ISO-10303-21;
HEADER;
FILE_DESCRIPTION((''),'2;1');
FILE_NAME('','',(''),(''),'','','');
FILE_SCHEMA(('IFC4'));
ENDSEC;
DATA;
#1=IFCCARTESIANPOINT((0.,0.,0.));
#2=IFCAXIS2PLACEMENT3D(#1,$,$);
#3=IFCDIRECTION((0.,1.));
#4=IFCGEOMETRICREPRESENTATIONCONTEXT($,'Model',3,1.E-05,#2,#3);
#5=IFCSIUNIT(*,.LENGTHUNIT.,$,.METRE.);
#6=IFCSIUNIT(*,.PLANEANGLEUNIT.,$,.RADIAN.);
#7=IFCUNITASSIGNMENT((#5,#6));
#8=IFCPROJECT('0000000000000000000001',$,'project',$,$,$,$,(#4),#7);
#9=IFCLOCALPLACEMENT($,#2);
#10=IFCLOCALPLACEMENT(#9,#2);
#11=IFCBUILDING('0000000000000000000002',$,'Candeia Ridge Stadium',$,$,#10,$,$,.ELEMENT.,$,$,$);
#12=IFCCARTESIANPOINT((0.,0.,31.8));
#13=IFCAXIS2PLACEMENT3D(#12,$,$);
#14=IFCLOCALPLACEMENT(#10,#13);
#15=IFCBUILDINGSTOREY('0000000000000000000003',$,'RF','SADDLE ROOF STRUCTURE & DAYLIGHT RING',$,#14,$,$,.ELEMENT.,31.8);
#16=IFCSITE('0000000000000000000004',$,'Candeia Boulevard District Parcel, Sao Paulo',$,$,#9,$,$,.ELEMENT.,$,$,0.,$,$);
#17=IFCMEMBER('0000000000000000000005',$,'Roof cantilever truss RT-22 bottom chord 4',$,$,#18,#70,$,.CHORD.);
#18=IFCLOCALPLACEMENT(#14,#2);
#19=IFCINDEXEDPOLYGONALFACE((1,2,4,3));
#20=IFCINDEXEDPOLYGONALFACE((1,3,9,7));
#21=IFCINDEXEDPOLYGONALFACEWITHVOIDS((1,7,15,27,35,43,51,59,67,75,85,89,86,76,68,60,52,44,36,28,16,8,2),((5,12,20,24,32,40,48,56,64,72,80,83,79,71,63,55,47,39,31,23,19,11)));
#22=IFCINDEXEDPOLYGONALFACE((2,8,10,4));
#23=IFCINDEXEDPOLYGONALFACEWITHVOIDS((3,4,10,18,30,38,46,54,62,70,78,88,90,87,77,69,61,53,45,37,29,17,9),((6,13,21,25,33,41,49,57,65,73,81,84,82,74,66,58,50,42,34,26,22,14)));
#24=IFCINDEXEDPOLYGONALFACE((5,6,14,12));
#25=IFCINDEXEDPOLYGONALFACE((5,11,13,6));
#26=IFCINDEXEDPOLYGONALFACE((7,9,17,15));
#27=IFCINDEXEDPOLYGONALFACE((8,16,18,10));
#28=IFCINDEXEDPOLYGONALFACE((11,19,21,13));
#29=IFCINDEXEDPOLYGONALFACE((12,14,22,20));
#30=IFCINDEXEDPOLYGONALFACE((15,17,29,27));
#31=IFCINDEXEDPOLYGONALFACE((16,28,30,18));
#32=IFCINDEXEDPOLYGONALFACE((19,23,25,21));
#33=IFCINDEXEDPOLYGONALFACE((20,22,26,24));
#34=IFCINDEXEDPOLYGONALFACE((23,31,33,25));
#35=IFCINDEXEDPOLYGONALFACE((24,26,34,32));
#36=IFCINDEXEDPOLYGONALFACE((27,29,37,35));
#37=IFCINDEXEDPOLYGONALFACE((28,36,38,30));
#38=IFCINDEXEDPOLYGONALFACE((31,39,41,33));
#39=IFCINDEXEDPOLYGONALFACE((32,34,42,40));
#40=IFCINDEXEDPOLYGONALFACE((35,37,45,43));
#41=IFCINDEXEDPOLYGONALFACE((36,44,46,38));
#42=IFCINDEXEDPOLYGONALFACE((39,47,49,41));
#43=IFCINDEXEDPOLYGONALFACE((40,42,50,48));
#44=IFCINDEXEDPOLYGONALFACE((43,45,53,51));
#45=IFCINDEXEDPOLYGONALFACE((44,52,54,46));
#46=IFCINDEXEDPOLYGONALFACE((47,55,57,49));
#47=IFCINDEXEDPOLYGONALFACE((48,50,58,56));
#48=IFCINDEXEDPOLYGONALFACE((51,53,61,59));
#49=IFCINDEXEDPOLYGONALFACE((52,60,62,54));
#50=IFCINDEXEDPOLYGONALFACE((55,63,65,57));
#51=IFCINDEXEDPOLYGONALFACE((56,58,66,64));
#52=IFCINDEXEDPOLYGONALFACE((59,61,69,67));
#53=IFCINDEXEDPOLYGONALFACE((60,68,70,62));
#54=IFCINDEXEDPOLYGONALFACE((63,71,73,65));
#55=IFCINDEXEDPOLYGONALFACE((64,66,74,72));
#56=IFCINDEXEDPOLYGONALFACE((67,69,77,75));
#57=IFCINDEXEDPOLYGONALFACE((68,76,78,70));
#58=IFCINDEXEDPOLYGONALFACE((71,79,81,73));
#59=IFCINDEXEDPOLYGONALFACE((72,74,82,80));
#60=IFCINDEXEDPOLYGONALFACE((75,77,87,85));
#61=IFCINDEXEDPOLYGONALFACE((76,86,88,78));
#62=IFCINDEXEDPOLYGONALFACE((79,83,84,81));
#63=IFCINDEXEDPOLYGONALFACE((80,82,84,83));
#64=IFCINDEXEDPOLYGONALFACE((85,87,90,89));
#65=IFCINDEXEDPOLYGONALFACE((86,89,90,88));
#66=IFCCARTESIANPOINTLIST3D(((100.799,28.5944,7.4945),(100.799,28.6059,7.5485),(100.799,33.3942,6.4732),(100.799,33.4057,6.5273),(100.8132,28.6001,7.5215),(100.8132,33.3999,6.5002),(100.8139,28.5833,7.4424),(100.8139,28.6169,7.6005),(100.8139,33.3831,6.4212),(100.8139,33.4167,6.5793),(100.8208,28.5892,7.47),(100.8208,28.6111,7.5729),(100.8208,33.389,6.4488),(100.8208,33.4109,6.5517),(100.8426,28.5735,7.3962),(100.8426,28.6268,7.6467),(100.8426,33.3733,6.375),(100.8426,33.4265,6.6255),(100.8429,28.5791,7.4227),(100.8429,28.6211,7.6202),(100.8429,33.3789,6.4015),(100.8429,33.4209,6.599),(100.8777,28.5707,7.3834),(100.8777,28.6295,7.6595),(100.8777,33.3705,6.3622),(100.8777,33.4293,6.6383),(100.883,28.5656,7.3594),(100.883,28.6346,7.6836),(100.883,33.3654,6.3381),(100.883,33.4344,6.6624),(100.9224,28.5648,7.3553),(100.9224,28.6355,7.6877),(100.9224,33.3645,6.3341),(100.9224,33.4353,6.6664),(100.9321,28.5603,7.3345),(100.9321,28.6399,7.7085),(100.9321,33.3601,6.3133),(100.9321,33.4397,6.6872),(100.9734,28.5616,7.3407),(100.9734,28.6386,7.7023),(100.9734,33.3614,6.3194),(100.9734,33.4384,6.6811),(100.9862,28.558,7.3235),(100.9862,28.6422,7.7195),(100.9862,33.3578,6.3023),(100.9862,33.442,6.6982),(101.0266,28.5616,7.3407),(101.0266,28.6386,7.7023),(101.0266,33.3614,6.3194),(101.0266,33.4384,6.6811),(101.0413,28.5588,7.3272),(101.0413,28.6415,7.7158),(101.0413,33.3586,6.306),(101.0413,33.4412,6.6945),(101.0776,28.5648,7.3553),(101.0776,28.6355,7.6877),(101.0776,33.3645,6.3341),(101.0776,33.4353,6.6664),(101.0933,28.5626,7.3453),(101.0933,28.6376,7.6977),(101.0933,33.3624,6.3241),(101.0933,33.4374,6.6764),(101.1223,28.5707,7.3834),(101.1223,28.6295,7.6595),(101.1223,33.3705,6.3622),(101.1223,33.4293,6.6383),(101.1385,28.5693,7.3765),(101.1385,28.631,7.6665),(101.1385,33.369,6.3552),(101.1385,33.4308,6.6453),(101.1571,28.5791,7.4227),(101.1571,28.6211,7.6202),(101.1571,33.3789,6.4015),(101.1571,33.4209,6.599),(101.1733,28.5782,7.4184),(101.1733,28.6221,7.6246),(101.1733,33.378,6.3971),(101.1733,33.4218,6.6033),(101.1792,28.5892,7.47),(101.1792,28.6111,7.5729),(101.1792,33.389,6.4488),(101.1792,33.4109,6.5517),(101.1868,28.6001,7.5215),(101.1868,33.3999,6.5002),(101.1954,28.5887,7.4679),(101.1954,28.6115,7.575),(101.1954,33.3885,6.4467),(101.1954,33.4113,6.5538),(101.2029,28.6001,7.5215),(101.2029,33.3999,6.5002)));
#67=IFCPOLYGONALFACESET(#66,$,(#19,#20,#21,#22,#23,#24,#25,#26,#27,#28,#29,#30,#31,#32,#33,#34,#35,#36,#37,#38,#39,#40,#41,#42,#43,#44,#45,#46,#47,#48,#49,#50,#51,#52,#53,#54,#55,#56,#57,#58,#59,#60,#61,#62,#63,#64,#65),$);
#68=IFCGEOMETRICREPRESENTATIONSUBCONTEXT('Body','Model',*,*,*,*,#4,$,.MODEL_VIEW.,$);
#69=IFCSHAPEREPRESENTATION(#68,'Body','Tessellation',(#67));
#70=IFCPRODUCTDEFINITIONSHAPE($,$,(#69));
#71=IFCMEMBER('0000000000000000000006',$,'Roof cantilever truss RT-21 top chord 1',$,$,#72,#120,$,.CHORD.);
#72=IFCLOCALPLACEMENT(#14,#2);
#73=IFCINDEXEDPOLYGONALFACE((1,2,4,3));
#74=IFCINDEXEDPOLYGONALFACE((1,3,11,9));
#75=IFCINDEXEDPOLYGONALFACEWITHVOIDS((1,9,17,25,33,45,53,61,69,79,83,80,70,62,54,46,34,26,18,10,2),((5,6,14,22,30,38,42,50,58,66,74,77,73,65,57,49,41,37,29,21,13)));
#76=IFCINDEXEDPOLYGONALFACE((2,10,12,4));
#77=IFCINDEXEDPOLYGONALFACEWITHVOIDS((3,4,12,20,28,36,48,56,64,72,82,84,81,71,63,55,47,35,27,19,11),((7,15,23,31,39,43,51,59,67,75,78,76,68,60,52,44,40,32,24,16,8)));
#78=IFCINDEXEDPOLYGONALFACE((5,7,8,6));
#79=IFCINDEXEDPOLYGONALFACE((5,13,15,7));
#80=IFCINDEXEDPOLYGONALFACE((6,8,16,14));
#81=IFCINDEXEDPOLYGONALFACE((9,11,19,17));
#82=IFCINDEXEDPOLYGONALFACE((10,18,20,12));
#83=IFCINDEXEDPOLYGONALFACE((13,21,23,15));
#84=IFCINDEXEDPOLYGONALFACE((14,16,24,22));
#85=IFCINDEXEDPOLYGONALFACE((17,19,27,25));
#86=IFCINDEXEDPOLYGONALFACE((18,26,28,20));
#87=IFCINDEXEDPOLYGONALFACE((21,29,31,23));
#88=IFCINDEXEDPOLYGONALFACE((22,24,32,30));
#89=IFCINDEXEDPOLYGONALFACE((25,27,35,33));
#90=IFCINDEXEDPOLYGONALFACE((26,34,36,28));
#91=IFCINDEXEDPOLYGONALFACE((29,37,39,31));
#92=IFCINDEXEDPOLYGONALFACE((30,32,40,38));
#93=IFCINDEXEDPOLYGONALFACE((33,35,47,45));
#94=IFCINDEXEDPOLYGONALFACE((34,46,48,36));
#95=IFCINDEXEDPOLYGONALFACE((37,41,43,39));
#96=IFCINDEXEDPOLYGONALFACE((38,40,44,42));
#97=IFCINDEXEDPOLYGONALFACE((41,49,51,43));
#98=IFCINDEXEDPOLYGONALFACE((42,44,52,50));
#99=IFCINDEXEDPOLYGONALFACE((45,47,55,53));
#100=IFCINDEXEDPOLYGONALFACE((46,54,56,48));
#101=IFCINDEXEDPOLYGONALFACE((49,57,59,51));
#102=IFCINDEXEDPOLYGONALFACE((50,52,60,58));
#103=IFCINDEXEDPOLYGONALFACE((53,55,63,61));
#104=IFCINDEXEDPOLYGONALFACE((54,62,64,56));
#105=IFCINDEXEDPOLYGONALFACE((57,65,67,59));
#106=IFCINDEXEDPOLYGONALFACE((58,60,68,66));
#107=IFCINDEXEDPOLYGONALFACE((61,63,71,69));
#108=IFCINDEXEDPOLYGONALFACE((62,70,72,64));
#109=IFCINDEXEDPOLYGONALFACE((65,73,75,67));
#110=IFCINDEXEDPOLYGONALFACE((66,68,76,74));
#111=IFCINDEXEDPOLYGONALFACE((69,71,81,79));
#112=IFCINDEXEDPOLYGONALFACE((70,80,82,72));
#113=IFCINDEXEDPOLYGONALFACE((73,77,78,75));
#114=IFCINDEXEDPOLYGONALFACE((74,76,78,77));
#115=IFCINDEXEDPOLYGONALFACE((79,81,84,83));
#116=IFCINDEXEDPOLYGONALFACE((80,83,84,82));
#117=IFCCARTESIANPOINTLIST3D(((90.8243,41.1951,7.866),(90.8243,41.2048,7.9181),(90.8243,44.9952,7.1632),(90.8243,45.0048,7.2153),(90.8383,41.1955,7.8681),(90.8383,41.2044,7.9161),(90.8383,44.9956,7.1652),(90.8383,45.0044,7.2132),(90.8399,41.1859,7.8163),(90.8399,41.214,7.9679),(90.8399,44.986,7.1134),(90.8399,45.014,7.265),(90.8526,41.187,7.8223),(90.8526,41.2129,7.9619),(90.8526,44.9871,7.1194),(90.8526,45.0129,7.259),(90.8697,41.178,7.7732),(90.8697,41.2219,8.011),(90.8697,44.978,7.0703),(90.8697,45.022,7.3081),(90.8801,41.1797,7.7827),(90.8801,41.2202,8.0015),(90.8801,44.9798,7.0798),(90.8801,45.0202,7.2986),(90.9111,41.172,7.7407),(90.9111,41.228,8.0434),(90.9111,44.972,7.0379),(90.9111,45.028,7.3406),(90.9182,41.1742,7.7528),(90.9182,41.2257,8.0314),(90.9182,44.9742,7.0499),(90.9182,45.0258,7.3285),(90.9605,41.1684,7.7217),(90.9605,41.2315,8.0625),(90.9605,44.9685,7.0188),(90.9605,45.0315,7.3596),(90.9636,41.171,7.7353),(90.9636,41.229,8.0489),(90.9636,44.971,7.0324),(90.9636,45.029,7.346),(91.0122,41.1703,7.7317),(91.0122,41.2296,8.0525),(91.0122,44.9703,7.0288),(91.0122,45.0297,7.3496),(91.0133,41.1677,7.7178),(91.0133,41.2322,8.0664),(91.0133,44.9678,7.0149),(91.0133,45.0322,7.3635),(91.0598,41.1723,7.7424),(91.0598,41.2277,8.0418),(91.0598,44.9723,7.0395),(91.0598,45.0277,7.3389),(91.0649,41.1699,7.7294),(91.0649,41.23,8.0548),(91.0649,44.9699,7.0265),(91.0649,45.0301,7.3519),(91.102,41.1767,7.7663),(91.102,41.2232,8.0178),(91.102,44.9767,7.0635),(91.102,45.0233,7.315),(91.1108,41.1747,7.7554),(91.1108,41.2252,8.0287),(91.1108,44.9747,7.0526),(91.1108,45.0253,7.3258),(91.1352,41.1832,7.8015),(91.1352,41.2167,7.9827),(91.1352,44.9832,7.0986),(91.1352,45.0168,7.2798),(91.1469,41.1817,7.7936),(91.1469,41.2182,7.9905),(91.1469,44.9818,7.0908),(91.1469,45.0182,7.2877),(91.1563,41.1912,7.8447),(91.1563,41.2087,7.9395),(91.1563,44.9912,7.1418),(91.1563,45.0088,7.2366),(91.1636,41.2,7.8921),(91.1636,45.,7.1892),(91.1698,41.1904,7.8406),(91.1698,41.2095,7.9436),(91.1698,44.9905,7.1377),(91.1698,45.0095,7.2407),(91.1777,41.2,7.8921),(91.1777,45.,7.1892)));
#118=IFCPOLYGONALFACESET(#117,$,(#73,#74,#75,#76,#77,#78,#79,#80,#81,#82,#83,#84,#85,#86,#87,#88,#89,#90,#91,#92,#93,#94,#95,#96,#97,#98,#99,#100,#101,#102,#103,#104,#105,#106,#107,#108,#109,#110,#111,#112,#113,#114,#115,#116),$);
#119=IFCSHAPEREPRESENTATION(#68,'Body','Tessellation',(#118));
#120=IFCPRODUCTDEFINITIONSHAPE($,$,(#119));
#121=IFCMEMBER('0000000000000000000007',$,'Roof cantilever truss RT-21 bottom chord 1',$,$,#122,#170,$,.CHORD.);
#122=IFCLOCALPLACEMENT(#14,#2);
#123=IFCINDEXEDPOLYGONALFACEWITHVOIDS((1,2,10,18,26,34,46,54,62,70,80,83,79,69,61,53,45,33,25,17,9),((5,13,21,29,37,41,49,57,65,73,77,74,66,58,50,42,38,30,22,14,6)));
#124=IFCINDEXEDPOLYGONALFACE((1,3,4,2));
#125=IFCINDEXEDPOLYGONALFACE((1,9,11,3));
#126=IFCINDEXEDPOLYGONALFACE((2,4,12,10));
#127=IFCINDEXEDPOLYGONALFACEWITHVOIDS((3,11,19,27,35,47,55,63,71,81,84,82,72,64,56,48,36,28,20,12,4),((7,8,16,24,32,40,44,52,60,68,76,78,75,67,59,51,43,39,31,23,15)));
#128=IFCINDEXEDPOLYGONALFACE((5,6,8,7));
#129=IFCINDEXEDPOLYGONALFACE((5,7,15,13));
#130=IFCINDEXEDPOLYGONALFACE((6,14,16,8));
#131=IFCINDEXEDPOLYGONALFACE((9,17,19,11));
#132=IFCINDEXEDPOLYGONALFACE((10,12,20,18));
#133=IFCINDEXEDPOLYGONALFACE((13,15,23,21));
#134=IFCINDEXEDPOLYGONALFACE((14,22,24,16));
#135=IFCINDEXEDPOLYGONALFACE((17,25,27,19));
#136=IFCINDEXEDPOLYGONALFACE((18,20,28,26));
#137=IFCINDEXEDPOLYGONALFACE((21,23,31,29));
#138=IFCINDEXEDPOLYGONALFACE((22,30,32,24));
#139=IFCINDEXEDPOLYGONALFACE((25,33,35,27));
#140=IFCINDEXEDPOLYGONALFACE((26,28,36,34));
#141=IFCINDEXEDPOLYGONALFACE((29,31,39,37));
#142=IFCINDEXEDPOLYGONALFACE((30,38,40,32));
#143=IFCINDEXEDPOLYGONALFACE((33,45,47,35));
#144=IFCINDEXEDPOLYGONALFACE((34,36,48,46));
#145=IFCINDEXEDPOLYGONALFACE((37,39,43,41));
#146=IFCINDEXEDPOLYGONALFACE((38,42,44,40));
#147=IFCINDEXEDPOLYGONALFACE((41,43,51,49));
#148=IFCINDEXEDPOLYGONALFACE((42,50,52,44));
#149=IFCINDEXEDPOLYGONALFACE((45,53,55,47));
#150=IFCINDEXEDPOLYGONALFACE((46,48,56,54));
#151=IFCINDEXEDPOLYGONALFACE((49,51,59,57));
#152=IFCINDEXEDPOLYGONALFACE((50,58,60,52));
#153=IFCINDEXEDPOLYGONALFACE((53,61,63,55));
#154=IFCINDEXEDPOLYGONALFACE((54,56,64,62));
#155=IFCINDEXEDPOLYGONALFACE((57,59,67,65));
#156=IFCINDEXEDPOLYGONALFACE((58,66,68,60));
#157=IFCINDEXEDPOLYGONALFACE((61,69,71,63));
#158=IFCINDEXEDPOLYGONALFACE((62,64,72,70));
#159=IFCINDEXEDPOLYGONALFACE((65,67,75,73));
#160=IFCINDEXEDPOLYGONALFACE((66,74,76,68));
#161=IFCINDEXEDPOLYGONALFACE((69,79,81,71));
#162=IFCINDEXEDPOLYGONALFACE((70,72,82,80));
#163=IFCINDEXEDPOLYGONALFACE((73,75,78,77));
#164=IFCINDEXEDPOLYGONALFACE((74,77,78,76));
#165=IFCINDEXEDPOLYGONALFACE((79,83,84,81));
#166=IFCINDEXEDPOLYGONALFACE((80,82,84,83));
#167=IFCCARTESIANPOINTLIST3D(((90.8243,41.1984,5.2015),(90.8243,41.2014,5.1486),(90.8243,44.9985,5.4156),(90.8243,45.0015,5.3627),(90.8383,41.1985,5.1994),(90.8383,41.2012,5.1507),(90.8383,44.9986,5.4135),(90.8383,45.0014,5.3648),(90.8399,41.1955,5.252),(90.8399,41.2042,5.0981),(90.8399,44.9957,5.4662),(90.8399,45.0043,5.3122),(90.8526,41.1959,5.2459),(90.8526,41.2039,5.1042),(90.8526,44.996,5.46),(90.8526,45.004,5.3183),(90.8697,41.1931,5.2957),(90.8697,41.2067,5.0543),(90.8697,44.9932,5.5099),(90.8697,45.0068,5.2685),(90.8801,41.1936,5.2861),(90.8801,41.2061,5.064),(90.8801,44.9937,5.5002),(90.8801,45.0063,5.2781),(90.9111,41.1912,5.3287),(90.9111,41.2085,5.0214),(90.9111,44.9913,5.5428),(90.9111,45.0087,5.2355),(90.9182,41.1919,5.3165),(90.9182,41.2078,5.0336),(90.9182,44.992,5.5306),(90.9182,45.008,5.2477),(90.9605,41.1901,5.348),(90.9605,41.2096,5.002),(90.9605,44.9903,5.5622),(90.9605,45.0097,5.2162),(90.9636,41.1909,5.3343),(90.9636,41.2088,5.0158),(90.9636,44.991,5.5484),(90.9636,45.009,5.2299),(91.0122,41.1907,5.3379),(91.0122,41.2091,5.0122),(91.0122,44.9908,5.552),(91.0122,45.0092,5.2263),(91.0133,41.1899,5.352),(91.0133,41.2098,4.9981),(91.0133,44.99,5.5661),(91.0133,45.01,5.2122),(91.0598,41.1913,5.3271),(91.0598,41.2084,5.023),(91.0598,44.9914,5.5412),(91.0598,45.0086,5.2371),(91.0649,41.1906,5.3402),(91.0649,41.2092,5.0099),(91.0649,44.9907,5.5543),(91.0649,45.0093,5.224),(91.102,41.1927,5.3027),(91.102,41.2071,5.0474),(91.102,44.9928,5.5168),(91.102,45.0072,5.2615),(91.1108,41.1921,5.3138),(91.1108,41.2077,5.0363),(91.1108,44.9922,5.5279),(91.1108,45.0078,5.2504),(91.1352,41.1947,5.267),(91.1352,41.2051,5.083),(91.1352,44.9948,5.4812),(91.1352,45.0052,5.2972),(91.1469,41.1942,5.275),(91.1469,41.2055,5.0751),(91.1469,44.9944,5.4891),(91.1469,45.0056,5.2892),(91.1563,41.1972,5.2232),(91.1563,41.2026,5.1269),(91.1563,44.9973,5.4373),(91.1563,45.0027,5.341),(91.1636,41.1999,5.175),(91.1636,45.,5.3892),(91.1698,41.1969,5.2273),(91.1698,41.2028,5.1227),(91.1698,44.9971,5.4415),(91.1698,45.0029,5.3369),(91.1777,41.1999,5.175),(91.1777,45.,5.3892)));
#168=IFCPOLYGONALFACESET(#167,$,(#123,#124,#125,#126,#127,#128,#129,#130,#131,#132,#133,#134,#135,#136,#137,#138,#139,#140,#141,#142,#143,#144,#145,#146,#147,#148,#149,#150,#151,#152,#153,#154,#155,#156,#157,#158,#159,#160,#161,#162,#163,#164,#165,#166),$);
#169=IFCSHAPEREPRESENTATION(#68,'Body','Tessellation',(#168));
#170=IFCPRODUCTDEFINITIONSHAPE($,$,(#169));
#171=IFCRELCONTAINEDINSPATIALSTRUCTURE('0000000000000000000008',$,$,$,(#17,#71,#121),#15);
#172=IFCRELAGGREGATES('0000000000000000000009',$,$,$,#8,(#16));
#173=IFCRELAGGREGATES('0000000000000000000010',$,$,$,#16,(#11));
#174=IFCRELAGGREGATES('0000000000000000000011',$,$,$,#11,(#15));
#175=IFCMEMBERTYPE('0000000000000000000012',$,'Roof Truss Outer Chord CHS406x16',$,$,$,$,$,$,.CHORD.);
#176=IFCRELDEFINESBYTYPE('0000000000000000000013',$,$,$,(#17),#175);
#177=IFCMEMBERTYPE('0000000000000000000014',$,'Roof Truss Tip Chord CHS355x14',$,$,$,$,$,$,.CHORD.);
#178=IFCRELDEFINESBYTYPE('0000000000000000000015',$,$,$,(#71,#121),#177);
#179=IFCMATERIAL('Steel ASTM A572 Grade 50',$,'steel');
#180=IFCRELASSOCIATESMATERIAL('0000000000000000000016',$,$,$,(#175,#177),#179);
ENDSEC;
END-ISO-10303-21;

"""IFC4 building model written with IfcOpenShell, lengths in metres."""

from ifc_helpers import new_model, si_unit, direction, frame, origin, origin_2d, place, context, subcontext, project, spatial, hollow_circle, extrude, material, material_profile, profile_set, type_object, element, save


model = new_model("IFC4")

# Units and contexts
model_context = context("Model", 3, precision=1e-05, world=origin(), true_north=direction((0.0, 1.0)))
body_context = subcontext(model_context, "Body", "Model", "MODEL_VIEW")
ifc_project = project(units=[si_unit("LENGTHUNIT", "METRE"), si_unit("PLANEANGLEUNIT", "RADIAN")], contexts=[model_context])

# Site, building, storey
site_placement = place(None, origin())
site = spatial("IfcSite", under=ifc_project, at=site_placement, Name="Candeia Boulevard District Parcel, Sao Paulo", CompositionType="ELEMENT", RefElevation=0.0)
building_placement = place(site_placement, origin())
building = spatial("IfcBuilding", under=site, at=building_placement, Name="Candeia Ridge Stadium", CompositionType="ELEMENT")
storey_placement = place(building_placement, frame((0.0, 0.0, 31.8)))
storey = spatial("IfcBuildingStorey", under=building, at=storey_placement, Name="RF", Description="SADDLE ROOF STRUCTURE & DAYLIGHT RING", CompositionType="ELEMENT", Elevation=31.8)

# Shared definitions
ifc_material_1 = material(Name="Steel ASTM A572 Grade 50", Category="steel")

# Members
ifc_material_profile_1 = material_profile(ifc_material_1, hollow_circle(Radius=0.2029, WallThickness=0.0161, at=origin_2d()), Name="CHS406x16", Category="steel")
ifc_profile_set_1 = profile_set([ifc_material_profile_1], Name="Steel ASTM A572 Grade 50")
member_type_1 = type_object("IfcMemberType", Name="Roof Truss Outer Chord CHS406x16", PredefinedType="CHORD", material=ifc_profile_set_1)
member_1_placement = place(storey_placement, frame((101.0, 33.3999, 6.5002), z_axis=(0.0, -0.978106, 0.208109), x_axis=(1.0, 0.0, 0.0)))
element("IfcMember", 1, at=member_1_placement, inside=storey, type_object=member_type_1, Name="Roof cantilever truss RT-22 bottom chord 4", PredefinedType="CHORD", context=body_context, shape_type="SweptSolid", body=[
    extrude(hollow_circle(Radius=0.2029, WallThickness=0.0161, at=origin_2d()), origin(), (0.0, 0.0, 1.0), 4.9072),
])
ifc_material_profile_2 = material_profile(ifc_material_1, hollow_circle(Radius=0.1777, WallThickness=0.0142, at=origin_2d()), Name="CHS355x14", Category="steel")
ifc_profile_set_2 = profile_set([ifc_material_profile_2], Name="Steel ASTM A572 Grade 50")
member_type_2 = type_object("IfcMemberType", Name="Roof Truss Tip Chord CHS355x14", PredefinedType="CHORD", material=ifc_profile_set_2)
member_2_placement = place(storey_placement, frame((91.0, 45.0, 7.1892), z_axis=(0.0, -0.983321, 0.181881), x_axis=(1.0, 0.0, 0.0)))
element("IfcMember", 2, at=member_2_placement, inside=storey, type_object=member_type_2, Name="Roof cantilever truss RT-21 top chord 1", PredefinedType="CHORD", context=body_context, shape_type="SweptSolid", body=[
    extrude(hollow_circle(Radius=0.1777, WallThickness=0.0142, at=origin_2d()), origin(), (0.0, 0.0, 1.0), 3.8645),
])
member_3_placement = place(storey_placement, frame((91.0, 45.0, 5.3892), z_axis=(0.0, -0.998416, -0.056255), x_axis=(1.0, 0.0, 0.0)))
element("IfcMember", 3, at=member_3_placement, inside=storey, type_object=member_type_2, Name="Roof cantilever truss RT-21 bottom chord 1", PredefinedType="CHORD", context=body_context, shape_type="SweptSolid", body=[
    extrude(hollow_circle(Radius=0.1777, WallThickness=0.0142, at=origin_2d()), origin(), (0.0, 0.0, 1.0), 3.8062),
])

save(model, "model.ifc")
